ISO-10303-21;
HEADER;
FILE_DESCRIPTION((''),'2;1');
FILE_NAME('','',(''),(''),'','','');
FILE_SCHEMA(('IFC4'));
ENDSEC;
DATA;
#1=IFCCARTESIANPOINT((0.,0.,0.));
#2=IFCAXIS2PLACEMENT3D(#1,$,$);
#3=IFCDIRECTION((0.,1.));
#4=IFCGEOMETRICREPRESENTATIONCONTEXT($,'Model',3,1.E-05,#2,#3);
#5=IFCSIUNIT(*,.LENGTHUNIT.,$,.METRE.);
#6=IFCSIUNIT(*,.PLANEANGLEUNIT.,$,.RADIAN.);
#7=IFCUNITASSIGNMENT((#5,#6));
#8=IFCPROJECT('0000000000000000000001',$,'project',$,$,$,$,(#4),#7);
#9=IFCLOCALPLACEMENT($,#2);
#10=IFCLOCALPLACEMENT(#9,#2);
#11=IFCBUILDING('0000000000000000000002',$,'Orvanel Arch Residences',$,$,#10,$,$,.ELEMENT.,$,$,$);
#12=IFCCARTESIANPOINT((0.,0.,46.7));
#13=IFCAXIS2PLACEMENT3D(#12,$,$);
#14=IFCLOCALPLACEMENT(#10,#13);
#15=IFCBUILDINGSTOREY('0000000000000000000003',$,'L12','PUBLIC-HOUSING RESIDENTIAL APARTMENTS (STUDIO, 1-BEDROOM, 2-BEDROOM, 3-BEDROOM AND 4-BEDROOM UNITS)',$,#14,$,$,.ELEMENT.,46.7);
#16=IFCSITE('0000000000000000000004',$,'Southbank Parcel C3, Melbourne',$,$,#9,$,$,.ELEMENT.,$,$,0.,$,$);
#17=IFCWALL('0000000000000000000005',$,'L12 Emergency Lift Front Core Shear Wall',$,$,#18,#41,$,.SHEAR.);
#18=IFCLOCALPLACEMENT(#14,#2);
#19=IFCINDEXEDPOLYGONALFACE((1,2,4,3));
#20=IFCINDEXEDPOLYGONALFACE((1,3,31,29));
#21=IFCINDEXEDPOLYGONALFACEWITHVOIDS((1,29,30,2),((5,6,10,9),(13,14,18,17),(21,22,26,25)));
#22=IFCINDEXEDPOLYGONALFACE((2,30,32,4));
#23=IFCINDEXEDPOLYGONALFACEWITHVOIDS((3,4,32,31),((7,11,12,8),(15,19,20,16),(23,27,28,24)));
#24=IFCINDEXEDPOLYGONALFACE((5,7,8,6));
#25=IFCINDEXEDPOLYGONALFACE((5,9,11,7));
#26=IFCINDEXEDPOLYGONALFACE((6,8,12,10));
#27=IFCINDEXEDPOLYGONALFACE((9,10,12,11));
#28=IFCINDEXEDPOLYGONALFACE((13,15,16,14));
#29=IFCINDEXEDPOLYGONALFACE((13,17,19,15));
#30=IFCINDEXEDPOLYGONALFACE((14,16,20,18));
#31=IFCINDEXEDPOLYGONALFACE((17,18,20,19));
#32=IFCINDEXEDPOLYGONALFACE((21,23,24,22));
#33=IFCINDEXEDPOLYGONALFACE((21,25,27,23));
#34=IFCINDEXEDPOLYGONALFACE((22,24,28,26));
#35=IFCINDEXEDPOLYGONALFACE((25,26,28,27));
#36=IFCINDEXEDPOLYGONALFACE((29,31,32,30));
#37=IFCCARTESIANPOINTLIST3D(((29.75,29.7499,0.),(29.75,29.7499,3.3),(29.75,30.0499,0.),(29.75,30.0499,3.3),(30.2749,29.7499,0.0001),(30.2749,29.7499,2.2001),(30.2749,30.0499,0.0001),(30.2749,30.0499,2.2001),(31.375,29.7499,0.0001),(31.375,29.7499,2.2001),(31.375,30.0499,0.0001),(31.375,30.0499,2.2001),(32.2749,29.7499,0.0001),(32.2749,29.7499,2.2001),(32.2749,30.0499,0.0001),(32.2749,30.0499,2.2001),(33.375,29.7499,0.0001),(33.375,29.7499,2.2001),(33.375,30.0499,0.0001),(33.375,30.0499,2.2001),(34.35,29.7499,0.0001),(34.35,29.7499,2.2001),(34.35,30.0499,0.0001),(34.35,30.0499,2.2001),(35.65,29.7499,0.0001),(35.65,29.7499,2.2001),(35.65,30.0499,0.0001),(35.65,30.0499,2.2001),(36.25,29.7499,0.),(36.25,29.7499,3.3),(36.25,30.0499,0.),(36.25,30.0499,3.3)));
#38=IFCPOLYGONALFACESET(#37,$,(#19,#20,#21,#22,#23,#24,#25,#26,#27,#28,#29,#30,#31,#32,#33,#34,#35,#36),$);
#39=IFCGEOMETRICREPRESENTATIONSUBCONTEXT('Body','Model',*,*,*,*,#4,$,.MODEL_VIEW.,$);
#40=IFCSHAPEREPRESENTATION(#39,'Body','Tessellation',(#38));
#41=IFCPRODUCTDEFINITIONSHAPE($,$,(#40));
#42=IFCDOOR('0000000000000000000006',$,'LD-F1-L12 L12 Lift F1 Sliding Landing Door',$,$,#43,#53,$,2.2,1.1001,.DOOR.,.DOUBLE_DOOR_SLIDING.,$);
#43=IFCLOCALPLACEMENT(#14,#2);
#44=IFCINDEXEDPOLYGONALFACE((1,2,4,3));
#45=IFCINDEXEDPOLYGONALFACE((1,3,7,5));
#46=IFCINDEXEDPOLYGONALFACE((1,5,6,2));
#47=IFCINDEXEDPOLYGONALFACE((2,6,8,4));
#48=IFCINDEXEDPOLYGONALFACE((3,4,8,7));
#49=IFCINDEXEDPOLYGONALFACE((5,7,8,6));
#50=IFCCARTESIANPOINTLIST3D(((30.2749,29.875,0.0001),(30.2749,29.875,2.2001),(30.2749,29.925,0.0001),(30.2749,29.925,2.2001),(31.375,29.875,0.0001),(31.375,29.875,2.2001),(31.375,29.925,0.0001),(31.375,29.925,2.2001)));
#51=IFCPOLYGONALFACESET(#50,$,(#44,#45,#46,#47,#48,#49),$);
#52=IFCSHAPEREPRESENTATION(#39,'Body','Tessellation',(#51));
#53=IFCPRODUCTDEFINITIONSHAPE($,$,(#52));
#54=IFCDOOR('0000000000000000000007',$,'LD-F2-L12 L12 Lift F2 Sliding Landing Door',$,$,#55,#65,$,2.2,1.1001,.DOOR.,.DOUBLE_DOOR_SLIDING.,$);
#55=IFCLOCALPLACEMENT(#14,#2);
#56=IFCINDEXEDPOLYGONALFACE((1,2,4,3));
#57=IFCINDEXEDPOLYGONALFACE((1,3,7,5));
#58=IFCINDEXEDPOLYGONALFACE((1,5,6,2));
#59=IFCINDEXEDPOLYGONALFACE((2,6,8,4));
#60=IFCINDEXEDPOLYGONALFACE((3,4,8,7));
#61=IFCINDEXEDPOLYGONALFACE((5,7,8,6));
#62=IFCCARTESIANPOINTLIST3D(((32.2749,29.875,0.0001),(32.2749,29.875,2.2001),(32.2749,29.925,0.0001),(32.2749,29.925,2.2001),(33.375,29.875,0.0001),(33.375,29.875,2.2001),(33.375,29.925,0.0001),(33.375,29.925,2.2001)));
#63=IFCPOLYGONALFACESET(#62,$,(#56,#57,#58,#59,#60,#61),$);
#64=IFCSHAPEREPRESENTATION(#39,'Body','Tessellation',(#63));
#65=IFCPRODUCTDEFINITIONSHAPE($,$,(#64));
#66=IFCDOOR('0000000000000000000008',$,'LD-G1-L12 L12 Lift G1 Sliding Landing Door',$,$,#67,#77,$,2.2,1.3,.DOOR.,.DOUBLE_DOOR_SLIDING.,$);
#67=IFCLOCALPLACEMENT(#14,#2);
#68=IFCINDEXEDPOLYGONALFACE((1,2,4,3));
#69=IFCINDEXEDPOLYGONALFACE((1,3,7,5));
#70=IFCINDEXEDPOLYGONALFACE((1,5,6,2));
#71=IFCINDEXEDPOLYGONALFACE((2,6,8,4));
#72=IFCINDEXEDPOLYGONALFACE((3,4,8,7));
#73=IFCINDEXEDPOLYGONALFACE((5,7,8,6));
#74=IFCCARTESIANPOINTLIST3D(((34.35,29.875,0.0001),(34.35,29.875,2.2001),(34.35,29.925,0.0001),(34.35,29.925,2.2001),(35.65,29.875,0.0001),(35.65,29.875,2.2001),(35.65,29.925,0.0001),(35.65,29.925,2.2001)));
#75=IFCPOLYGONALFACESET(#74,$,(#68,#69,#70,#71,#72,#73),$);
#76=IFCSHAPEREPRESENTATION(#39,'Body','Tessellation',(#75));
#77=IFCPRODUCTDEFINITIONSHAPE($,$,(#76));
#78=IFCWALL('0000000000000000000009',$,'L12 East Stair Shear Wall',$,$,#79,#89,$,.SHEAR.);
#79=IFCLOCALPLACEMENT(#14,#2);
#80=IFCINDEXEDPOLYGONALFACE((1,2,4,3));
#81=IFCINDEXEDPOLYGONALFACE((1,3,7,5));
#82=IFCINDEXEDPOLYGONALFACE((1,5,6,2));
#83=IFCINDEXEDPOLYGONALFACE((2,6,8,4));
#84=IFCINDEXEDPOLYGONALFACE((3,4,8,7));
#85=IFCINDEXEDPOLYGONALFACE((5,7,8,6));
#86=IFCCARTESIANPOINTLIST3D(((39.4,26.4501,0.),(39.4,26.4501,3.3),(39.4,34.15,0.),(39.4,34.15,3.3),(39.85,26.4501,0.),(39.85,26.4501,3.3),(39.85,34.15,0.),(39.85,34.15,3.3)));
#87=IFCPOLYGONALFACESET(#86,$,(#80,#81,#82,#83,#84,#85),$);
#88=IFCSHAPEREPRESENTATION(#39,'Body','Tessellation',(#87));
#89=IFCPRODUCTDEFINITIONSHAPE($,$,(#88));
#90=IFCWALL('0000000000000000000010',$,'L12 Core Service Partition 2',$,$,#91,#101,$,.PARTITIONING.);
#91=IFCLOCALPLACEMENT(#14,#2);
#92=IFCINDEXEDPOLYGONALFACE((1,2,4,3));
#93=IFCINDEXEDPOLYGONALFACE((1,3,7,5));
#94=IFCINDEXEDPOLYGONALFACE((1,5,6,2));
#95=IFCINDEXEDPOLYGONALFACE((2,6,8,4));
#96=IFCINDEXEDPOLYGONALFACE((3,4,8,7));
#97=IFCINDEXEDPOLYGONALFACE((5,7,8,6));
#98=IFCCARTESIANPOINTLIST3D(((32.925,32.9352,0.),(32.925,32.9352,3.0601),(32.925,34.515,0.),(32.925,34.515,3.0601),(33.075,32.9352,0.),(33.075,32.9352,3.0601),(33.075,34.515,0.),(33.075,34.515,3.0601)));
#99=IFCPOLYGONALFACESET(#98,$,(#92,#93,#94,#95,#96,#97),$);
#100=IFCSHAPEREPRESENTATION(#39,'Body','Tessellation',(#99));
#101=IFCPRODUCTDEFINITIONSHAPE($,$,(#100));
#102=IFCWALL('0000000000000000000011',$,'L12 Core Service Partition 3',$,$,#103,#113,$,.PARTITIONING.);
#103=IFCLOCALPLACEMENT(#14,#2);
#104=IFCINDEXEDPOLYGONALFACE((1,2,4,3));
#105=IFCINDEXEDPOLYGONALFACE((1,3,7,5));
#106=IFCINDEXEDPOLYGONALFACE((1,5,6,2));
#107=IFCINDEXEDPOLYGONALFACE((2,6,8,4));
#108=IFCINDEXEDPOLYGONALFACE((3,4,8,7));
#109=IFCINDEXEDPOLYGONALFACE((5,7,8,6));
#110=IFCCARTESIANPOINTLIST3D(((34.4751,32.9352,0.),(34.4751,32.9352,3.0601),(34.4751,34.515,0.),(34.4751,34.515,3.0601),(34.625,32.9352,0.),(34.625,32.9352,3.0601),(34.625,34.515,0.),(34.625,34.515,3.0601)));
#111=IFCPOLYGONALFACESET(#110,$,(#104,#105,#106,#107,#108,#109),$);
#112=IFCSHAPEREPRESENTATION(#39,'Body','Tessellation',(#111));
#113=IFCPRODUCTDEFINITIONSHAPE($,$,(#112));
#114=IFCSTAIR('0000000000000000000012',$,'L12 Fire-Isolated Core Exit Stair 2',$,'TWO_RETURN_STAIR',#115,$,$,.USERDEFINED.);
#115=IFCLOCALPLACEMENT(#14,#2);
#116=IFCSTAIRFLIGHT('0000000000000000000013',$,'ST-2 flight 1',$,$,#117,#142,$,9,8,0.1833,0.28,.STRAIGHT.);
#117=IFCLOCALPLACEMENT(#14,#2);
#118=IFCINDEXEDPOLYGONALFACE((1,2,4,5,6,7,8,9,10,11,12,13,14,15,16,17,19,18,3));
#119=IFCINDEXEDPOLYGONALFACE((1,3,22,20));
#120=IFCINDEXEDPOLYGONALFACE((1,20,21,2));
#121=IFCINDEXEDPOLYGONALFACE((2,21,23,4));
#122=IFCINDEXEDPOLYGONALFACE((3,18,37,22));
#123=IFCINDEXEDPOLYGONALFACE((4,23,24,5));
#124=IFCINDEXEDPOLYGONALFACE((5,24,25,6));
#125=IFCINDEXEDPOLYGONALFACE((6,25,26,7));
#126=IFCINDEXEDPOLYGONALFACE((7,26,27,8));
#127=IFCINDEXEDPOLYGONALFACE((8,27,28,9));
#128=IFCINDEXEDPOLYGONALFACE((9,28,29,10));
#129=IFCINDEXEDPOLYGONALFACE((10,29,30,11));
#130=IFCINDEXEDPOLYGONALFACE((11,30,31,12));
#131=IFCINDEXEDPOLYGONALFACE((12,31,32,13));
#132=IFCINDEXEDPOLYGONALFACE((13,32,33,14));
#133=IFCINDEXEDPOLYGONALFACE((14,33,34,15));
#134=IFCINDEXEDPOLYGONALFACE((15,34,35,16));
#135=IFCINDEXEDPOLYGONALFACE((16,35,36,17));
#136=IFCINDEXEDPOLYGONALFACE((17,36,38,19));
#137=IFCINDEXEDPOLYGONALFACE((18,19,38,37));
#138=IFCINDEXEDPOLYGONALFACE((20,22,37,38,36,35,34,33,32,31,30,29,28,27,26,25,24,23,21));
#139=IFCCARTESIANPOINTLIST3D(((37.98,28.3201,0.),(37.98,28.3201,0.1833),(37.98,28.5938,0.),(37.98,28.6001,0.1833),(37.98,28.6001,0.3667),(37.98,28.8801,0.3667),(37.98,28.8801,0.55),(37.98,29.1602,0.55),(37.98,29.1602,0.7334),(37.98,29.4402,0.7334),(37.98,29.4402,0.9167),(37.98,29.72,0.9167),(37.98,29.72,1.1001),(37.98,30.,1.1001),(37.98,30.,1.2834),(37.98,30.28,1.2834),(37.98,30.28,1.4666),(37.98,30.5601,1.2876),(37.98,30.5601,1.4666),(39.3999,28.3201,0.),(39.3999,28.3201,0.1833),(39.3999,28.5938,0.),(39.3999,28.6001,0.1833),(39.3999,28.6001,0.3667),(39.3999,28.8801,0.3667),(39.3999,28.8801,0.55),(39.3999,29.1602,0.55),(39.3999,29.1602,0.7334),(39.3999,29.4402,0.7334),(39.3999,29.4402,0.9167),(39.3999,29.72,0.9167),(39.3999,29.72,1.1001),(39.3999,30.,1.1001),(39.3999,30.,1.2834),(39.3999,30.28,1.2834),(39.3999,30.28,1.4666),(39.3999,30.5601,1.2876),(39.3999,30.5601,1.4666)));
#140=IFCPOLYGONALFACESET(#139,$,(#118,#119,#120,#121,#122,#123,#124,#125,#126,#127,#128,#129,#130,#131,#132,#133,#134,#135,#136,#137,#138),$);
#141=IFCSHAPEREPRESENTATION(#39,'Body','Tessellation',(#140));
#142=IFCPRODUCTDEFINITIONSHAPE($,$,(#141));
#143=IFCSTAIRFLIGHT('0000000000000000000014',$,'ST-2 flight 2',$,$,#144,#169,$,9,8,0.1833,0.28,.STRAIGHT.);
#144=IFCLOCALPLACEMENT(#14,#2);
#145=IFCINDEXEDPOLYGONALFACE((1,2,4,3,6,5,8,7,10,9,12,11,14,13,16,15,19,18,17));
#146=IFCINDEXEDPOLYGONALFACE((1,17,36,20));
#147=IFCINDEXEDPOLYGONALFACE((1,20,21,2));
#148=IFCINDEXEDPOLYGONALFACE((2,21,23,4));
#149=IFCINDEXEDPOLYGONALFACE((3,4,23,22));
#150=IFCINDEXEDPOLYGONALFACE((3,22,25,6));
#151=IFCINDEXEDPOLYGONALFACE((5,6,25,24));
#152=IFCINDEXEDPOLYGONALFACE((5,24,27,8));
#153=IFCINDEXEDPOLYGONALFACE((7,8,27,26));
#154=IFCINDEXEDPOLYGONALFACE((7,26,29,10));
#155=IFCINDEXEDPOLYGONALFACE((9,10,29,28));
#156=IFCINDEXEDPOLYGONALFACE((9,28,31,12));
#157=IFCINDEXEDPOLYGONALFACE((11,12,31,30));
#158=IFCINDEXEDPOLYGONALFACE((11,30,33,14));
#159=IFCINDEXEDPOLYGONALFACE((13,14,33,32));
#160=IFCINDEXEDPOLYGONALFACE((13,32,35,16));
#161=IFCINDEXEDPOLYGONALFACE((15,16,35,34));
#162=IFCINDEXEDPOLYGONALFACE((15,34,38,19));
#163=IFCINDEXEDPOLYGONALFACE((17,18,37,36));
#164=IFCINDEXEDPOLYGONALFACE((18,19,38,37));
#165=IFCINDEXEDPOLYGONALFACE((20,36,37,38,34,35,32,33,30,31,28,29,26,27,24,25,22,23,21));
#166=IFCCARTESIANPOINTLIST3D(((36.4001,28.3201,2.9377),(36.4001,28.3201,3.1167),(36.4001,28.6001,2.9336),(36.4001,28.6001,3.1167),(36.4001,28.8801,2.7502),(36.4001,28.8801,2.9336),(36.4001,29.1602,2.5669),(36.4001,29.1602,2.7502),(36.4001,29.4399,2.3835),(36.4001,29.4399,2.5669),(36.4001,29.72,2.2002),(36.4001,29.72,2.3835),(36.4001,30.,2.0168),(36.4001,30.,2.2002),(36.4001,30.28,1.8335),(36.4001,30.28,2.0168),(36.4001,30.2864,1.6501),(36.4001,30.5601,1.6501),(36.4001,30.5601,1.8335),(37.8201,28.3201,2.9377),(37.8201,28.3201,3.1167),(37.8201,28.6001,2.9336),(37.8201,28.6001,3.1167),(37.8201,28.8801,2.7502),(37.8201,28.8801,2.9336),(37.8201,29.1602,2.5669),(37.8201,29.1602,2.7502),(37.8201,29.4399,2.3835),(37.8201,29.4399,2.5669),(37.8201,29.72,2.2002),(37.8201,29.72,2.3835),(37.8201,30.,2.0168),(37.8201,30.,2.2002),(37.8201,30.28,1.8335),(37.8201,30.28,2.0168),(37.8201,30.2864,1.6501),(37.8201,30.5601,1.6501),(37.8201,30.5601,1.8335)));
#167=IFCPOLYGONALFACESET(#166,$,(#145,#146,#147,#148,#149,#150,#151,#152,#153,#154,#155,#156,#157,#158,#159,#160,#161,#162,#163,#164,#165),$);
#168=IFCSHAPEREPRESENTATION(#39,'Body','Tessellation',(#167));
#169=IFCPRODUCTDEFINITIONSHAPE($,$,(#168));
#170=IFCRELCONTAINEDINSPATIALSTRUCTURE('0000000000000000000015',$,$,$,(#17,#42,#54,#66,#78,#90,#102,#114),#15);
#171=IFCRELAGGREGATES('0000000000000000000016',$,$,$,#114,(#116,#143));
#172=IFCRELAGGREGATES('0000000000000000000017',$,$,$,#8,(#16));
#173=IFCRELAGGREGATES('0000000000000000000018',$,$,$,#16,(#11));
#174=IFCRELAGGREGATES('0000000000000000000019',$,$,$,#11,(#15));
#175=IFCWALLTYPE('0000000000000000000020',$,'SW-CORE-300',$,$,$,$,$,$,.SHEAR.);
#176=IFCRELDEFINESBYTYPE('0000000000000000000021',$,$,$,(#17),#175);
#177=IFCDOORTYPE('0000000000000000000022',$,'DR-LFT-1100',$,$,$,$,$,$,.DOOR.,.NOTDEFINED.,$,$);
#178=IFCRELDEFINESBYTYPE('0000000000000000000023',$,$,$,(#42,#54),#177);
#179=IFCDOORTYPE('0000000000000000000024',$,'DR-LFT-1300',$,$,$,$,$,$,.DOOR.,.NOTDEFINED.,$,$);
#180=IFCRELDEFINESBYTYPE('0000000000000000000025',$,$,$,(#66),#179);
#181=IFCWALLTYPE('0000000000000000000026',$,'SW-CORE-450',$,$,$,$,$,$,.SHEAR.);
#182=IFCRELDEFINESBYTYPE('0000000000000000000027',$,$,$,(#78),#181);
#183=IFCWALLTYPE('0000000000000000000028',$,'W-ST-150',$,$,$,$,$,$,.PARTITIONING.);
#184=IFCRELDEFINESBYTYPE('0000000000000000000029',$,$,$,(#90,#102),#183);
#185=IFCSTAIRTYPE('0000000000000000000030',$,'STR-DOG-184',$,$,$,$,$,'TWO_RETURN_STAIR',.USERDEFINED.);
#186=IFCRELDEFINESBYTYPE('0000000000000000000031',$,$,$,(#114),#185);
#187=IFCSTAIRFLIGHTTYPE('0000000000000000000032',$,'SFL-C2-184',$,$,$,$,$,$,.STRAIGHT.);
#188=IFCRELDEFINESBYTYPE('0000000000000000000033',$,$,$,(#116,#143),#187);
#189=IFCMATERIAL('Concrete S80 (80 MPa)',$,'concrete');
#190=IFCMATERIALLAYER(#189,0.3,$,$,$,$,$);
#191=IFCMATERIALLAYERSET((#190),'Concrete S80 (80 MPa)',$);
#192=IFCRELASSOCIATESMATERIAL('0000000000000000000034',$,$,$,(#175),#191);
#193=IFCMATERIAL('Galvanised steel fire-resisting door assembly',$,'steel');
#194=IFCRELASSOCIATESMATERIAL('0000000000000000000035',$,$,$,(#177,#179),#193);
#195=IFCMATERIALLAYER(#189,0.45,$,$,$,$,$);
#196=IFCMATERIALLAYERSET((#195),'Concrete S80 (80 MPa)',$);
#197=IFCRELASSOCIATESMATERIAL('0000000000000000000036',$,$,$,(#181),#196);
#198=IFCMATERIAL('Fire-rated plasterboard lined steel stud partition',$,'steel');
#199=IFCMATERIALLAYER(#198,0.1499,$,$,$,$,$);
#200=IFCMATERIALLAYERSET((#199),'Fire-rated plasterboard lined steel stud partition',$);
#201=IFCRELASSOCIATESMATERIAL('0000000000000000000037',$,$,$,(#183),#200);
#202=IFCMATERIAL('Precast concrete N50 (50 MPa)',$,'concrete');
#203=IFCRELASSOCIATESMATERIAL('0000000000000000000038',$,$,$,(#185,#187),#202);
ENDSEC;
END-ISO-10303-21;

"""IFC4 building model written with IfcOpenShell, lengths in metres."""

from ifc_helpers import new_model, si_unit, direction, frame, frame_2d, origin, place, context, subcontext, project, spatial, polyline, rectangle, outline, extrude, material, layer, layer_set, type_object, element, fill, aggregate, save


model = new_model("IFC4")

# Units and contexts
model_context = context("Model", 3, precision=1e-05, world=origin(), true_north=direction((0.0, 1.0)))
body_context = subcontext(model_context, "Body", "Model", "MODEL_VIEW")
ifc_project = project(units=[si_unit("LENGTHUNIT", "METRE"), si_unit("PLANEANGLEUNIT", "RADIAN")], contexts=[model_context])

# Site, building, storey
site_placement = place(None, origin())
site = spatial("IfcSite", under=ifc_project, at=site_placement, Name="Southbank Parcel C3, Melbourne", CompositionType="ELEMENT", RefElevation=0.0)
building_placement = place(site_placement, origin())
building = spatial("IfcBuilding", under=site, at=building_placement, Name="Orvanel Arch Residences", CompositionType="ELEMENT")
storey_placement = place(building_placement, frame((0.0, 0.0, 46.7)))
storey = spatial("IfcBuildingStorey", under=building, at=storey_placement, Name="L12", Description="PUBLIC-HOUSING RESIDENTIAL APARTMENTS (STUDIO, 1-BEDROOM, 2-BEDROOM, 3-BEDROOM AND 4-BEDROOM UNITS)", CompositionType="ELEMENT", Elevation=46.7)

# Shared definitions
ifc_material_1 = material(Name="Concrete S80 (80 MPa)", Category="concrete")
ifc_layer_1 = layer(ifc_material_1, 0.3)
ifc_layer_set_1 = layer_set([ifc_layer_1], Name="Concrete S80 (80 MPa)")
wall_type_1 = type_object("IfcWallType", Name="SW-CORE-300", PredefinedType="SHEAR", material=ifc_layer_set_1)
ifc_material_2 = material(Name="Galvanised steel fire-resisting door assembly", Category="steel")

# Wall, openings, doors
wall_1_placement = place(storey_placement, frame((36.25, 29.8999, 0.0), z_axis=(0.0, 0.0, 1.0), x_axis=(-1.0, 0.0, 0.0)))
wall_1 = element("IfcWall", 1, at=wall_1_placement, inside=storey, type_object=wall_type_1, Name="L12 Emergency Lift Front Core Shear Wall", PredefinedType="SHEAR", context=body_context, shape_type="SweptSolid", body=[
    extrude(rectangle(XDim=6.5, YDim=0.3, at=frame_2d((3.25, 0.0))), origin(), (0.0, 0.0, 1.0), 3.3),
])
opening_1_placement = place(wall_1_placement, frame((4.875, 0.0, 0.0)))
opening_1 = element("IfcOpeningElement", 2, at=opening_1_placement, cuts=wall_1, PredefinedType="OPENING", context=body_context, shape_type="SweptSolid", body=[
    extrude(rectangle(XDim=1.1001, YDim=2.2, at=frame_2d((0.55, 1.1001))), frame((0.0, 0.1599, 0.0), z_axis=(0.0, -1.0, 0.0), x_axis=(1.0, 0.0, 0.0)), (0.0, 0.0, 1.0), 0.3201),
])
opening_2_placement = place(wall_1_placement, frame((2.875, 0.0, 0.0)))
opening_2 = element("IfcOpeningElement", 3, at=opening_2_placement, cuts=wall_1, PredefinedType="OPENING", context=body_context, shape_type="SweptSolid", body=[
    extrude(rectangle(XDim=1.1001, YDim=2.2, at=frame_2d((0.55, 1.1001))), frame((0.0, 0.1599, 0.0), z_axis=(0.0, -1.0, 0.0), x_axis=(1.0, 0.0, 0.0)), (0.0, 0.0, 1.0), 0.3201),
])
opening_3_placement = place(wall_1_placement, frame((0.6001, 0.0, 0.0)))
opening_3 = element("IfcOpeningElement", 4, at=opening_3_placement, cuts=wall_1, PredefinedType="OPENING", context=body_context, shape_type="SweptSolid", body=[
    extrude(rectangle(XDim=1.3, YDim=2.2, at=frame_2d((0.6499, 1.1001))), frame((0.0, 0.1599, 0.0), z_axis=(0.0, -1.0, 0.0), x_axis=(1.0, 0.0, 0.0)), (0.0, 0.0, 1.0), 0.3201),
])
door_type_1 = type_object("IfcDoorType", Name="DR-LFT-1100", OperationType="NOTDEFINED", PredefinedType="DOOR", material=ifc_material_2)
door_1_placement = place(opening_1_placement, origin())
door_1 = element("IfcDoor", 5, at=door_1_placement, inside=storey, type_object=door_type_1, Name="LD-F1-L12 L12 Lift F1 Sliding Landing Door", OperationType="DOUBLE_DOOR_SLIDING", OverallHeight=2.2, OverallWidth=1.1001, PredefinedType="DOOR", context=body_context, shape_type="SweptSolid", body=[
    extrude(rectangle(XDim=1.1001, YDim=2.2, at=frame_2d((0.55, 1.1001))), frame((0.0, 0.0249, 0.0), z_axis=(0.0, -1.0, 0.0), x_axis=(1.0, 0.0, 0.0)), (0.0, 0.0, 1.0), 0.05),
])
fill(opening_1, door_1)
door_2_placement = place(opening_2_placement, origin())
door_2 = element("IfcDoor", 6, at=door_2_placement, inside=storey, type_object=door_type_1, Name="LD-F2-L12 L12 Lift F2 Sliding Landing Door", OperationType="DOUBLE_DOOR_SLIDING", OverallHeight=2.2, OverallWidth=1.1001, PredefinedType="DOOR", context=body_context, shape_type="SweptSolid", body=[
    extrude(rectangle(XDim=1.1001, YDim=2.2, at=frame_2d((0.55, 1.1001))), frame((0.0, 0.0249, 0.0), z_axis=(0.0, -1.0, 0.0), x_axis=(1.0, 0.0, 0.0)), (0.0, 0.0, 1.0), 0.05),
])
fill(opening_2, door_2)
door_type_2 = type_object("IfcDoorType", Name="DR-LFT-1300", OperationType="NOTDEFINED", PredefinedType="DOOR", material=ifc_material_2)
door_3_placement = place(opening_3_placement, origin())
door_3 = element("IfcDoor", 7, at=door_3_placement, inside=storey, type_object=door_type_2, Name="LD-G1-L12 L12 Lift G1 Sliding Landing Door", OperationType="DOUBLE_DOOR_SLIDING", OverallHeight=2.2, OverallWidth=1.3, PredefinedType="DOOR", context=body_context, shape_type="SweptSolid", body=[
    extrude(rectangle(XDim=1.3, YDim=2.2, at=frame_2d((0.6499, 1.1001))), frame((0.0, 0.0249, 0.0), z_axis=(0.0, -1.0, 0.0), x_axis=(1.0, 0.0, 0.0)), (0.0, 0.0, 1.0), 0.05),
])
fill(opening_3, door_3)

# Walls
ifc_layer_2 = layer(ifc_material_1, 0.45)
ifc_layer_set_2 = layer_set([ifc_layer_2], Name="Concrete S80 (80 MPa)")
wall_type_2 = type_object("IfcWallType", Name="SW-CORE-450", PredefinedType="SHEAR", material=ifc_layer_set_2)
wall_2_placement = place(storey_placement, frame((39.625, 26.45, 0.0), z_axis=(0.0, 0.0, 1.0), x_axis=(0.0, 1.0, 0.0)))
element("IfcWall", 8, at=wall_2_placement, inside=storey, type_object=wall_type_2, Name="L12 East Stair Shear Wall", PredefinedType="SHEAR", context=body_context, shape_type="SweptSolid", body=[
    extrude(rectangle(XDim=7.7, YDim=0.45, at=frame_2d((3.8501, 0.0))), origin(), (0.0, 0.0, 1.0), 3.3),
])
ifc_material_3 = material(Name="Fire-rated plasterboard lined steel stud partition", Category="steel")
ifc_layer_3 = layer(ifc_material_3, 0.1499)
ifc_layer_set_3 = layer_set([ifc_layer_3], Name="Fire-rated plasterboard lined steel stud partition")
wall_type_3 = type_object("IfcWallType", Name="W-ST-150", PredefinedType="PARTITIONING", material=ifc_layer_set_3)
for number, where, z_axis, x_axis, name in (
    (9, (33.0, 32.9351, 0.0), (0.0, 0.0, 1.0), (0.0, 1.0, 0.0), "L12 Core Service Partition 2"),
    (10, (34.55, 32.9351, 0.0), (0.0, 0.0, 1.0), (0.0, 1.0, 0.0), "L12 Core Service Partition 3"),
):
    element("IfcWall", number, at=place(storey_placement, frame(where, z_axis=z_axis, x_axis=x_axis)), inside=storey, type_object=wall_type_3, Name=name, PredefinedType="PARTITIONING", context=body_context, shape_type="SweptSolid", body=[
        extrude(rectangle(XDim=1.5798, YDim=0.1499, at=frame_2d((0.79, 0.0))), origin(), (0.0, 0.0, 1.0), 3.0601),
    ])

# Stair, stair flights
ifc_material_4 = material(Name="Precast concrete N50 (50 MPa)", Category="concrete")
stair_type = type_object("IfcStairType", Name="STR-DOG-184", ElementType="TWO_RETURN_STAIR", PredefinedType="USERDEFINED", material=ifc_material_4)
stair_placement = place(storey_placement, origin())
stair = element("IfcStair", 11, at=stair_placement, inside=storey, type_object=stair_type, Name="L12 Fire-Isolated Core Exit Stair 2", ObjectType="TWO_RETURN_STAIR", PredefinedType="USERDEFINED")
stair_flight_type = type_object("IfcStairFlightType", Name="SFL-C2-184", PredefinedType="STRAIGHT", material=ifc_material_4)
stair_flight_1_placement = place(storey_placement, frame((38.6899, 28.3201, 0.0), z_axis=(0.0, 0.0, 1.0), x_axis=(0.0, 1.0, 0.0)))
stair_flight_1 = element("IfcStairFlight", 12, at=stair_flight_1_placement, type_object=stair_flight_type, Name="ST-2 flight 1", NumberOfRisers=9, NumberOfTreads=8, PredefinedType="STRAIGHT", RiserHeight=0.1833, TreadLength=0.28, context=body_context, shape_type="SweptSolid", body=[
    extrude(outline(polyline([(0.0, 0.0), (0.0, 0.1833), (0.28, 0.1833), (0.28, 0.3667), (0.5601, 0.3667), (0.5601, 0.55), (0.8401, 0.55), (0.8401, 0.7334), (1.1201, 0.7334), (1.1201, 0.9167), (1.3999, 0.9167), (1.3999, 1.1001), (1.6799, 1.1001), (1.6799, 1.2834), (1.96, 1.2834), (1.96, 1.4666), (2.24, 1.4666), (2.24, 1.6499), (2.24, 1.2876), (0.2737, 0.0), (0.0, 0.0)])), frame((0.0, 0.71, 0.0), z_axis=(0.0, -1.0, 0.0), x_axis=(1.0, 0.0, 0.0)), (0.0, 0.0, 1.0), 1.4199),
])
stair_flight_2_placement = place(storey_placement, frame((37.1101, 30.5601, 1.6501), z_axis=(0.0, 0.0, 1.0), x_axis=(0.0, -1.0, 0.0)))
stair_flight_2 = element("IfcStairFlight", 13, at=stair_flight_2_placement, type_object=stair_flight_type, Name="ST-2 flight 2", NumberOfRisers=9, NumberOfTreads=8, PredefinedType="STRAIGHT", RiserHeight=0.1833, TreadLength=0.28, context=body_context, shape_type="SweptSolid", body=[
    extrude(outline(polyline([(0.0, 0.0), (0.0, 0.1833), (0.28, 0.1833), (0.28, 0.3667), (0.5601, 0.3667), (0.5601, 0.55), (0.8401, 0.55), (0.8401, 0.7334), (1.1201, 0.7334), (1.1201, 0.9167), (1.3999, 0.9167), (1.3999, 1.1001), (1.6799, 1.1001), (1.6799, 1.2834), (1.96, 1.2834), (1.96, 1.4666), (2.24, 1.4666), (2.24, 1.6499), (2.24, 1.2876), (0.2737, 0.0), (0.0, 0.0)])), frame((0.0, 0.71, 0.0), z_axis=(0.0, -1.0, 0.0), x_axis=(1.0, 0.0, 0.0)), (0.0, 0.0, 1.0), 1.4199),
])
aggregate(stair, [stair_flight_1, stair_flight_2])

save(model, "model.ifc")
